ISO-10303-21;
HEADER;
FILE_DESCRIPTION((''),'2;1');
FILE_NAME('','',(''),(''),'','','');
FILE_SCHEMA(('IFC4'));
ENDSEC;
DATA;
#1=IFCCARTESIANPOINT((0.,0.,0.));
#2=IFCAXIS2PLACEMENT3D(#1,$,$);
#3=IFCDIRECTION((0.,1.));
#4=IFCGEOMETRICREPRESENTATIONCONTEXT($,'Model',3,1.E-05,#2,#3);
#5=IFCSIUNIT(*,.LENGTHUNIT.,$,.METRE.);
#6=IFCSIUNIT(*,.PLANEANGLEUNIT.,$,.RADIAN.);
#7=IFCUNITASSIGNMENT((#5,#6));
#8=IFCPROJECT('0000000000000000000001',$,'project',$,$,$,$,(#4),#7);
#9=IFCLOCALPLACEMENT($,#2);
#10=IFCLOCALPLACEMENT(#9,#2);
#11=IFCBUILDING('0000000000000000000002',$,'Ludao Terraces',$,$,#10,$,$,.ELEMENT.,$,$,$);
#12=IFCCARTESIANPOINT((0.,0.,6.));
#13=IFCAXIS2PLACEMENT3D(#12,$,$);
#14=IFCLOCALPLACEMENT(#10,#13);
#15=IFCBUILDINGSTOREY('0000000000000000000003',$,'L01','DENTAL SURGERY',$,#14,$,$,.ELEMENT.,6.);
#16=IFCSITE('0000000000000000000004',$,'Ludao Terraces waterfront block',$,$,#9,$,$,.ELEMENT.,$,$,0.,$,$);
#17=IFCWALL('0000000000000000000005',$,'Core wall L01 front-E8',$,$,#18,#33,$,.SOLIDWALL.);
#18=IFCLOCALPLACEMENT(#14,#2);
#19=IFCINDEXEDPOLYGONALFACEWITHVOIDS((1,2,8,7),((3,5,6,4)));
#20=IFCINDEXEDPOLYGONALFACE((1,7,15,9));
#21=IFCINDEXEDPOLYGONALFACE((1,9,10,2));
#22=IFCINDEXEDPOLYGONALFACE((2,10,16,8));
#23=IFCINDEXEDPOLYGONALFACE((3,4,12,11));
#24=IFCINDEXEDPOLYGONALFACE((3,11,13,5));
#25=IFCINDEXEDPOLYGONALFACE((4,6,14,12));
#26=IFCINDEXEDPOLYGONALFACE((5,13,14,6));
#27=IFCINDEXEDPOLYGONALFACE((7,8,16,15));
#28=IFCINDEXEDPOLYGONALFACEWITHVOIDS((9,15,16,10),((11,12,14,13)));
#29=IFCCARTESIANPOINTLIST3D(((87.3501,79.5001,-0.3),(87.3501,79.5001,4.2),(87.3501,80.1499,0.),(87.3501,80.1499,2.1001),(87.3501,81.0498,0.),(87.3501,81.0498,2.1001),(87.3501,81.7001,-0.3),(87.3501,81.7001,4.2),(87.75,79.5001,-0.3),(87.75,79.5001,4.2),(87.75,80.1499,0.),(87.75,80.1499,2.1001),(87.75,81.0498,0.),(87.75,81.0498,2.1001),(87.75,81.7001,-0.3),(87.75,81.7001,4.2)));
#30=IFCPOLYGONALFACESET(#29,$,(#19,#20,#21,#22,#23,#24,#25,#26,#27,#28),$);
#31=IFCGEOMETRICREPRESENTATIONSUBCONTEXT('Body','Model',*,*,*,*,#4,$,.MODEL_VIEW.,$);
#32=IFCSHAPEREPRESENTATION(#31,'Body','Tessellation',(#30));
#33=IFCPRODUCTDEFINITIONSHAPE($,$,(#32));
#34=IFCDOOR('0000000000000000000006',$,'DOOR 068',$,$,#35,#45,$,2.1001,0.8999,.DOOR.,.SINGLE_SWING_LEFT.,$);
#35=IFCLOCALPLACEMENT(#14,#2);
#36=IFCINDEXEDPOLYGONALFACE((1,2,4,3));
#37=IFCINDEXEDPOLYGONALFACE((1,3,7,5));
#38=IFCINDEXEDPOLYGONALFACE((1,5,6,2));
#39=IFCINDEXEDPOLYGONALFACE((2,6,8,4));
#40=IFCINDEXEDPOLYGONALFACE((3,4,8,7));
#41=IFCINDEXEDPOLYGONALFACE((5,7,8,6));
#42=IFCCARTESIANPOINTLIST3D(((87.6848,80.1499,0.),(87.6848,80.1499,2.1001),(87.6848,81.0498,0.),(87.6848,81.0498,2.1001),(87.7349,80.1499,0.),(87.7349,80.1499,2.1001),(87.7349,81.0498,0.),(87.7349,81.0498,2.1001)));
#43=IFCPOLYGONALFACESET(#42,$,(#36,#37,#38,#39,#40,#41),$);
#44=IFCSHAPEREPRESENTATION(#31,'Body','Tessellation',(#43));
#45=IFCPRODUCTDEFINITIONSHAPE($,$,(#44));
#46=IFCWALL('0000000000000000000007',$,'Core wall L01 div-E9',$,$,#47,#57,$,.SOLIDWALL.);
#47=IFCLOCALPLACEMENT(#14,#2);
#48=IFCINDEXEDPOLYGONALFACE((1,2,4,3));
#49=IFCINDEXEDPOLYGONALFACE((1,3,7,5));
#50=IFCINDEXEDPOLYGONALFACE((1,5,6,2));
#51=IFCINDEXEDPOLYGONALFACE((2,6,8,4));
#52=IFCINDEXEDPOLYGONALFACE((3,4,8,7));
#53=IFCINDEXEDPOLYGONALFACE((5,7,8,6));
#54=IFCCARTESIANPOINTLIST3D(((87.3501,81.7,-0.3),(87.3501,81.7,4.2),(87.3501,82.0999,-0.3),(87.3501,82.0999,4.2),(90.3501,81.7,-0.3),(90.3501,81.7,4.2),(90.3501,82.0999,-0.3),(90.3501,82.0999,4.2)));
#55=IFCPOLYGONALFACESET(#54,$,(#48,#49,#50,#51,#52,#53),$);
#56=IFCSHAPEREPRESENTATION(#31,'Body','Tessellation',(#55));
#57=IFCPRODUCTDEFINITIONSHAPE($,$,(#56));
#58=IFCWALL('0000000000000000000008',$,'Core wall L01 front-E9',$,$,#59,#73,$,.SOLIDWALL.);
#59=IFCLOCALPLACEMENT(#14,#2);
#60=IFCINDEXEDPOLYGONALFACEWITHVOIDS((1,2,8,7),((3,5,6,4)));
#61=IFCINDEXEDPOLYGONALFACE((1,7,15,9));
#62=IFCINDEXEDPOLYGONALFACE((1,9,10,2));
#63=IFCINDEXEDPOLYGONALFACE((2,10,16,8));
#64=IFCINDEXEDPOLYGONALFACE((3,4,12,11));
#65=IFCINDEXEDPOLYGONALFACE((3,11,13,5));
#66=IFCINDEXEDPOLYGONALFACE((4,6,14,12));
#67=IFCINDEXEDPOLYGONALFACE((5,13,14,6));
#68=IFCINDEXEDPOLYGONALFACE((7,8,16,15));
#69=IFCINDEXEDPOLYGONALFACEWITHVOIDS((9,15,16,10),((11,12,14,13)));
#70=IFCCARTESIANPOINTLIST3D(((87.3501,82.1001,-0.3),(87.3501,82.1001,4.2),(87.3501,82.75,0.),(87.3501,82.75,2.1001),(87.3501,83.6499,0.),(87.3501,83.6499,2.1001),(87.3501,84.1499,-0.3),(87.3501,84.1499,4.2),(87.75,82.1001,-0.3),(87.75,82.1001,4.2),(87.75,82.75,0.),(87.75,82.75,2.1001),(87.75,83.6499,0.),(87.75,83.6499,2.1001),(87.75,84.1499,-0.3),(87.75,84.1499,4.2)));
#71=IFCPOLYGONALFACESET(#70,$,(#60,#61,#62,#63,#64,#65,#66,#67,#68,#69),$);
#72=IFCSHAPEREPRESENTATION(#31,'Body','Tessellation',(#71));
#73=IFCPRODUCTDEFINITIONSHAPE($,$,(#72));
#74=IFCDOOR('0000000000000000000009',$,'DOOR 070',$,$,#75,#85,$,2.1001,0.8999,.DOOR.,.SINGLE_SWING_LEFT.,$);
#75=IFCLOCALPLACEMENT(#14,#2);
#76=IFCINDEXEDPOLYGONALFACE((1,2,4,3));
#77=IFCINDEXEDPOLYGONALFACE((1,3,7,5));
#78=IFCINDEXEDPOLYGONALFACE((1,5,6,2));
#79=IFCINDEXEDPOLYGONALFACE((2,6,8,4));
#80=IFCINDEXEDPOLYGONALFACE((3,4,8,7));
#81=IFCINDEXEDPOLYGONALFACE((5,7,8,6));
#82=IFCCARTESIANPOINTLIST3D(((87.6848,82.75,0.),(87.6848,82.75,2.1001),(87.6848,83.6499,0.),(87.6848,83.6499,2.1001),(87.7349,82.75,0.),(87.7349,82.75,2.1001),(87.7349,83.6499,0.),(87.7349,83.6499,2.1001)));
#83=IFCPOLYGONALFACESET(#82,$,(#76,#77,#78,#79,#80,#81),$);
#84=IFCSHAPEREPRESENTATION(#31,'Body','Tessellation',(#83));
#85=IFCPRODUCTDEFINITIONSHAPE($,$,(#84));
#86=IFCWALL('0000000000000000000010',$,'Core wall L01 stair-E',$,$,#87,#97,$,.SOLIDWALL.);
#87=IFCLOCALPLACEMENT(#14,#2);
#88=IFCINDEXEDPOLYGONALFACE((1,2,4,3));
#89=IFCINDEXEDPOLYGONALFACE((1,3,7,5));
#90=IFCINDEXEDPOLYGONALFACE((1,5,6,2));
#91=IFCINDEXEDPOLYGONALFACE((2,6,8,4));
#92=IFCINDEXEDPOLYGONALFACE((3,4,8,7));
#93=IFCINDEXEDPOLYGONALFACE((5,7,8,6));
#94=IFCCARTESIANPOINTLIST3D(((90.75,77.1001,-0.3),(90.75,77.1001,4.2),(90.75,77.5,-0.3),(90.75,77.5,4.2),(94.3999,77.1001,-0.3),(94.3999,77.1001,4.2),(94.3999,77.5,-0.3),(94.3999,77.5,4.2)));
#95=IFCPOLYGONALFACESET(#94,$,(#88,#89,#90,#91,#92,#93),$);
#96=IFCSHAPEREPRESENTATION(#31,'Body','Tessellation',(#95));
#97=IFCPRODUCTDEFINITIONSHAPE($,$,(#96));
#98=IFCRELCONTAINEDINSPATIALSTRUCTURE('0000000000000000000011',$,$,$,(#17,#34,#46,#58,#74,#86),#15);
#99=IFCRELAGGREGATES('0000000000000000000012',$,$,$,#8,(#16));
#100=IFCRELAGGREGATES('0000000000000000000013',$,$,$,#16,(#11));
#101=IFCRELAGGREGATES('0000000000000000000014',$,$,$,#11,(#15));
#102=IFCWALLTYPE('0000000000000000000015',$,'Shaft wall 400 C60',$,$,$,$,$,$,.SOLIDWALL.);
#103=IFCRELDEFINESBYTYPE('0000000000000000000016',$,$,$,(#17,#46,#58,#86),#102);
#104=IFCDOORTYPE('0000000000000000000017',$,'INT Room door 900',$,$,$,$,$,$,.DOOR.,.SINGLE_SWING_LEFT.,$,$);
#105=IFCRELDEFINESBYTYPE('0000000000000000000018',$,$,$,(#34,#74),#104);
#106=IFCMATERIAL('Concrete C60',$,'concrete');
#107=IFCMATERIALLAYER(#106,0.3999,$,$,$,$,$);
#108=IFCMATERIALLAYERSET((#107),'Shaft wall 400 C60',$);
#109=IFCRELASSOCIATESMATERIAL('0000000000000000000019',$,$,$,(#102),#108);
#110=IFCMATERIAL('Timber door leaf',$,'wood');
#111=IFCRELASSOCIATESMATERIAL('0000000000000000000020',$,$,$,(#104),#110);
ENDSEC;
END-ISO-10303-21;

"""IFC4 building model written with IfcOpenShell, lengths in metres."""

from ifc_helpers import new_model, si_unit, direction, frame, frame_2d, origin, place, context, subcontext, project, spatial, rectangle, extrude, material, layer, layer_set, type_object, element, fill, save


model = new_model("IFC4")

# Units and contexts
model_context = context("Model", 3, precision=1e-05, world=origin(), true_north=direction((0.0, 1.0)))
body_context = subcontext(model_context, "Body", "Model", "MODEL_VIEW")
ifc_project = project(units=[si_unit("LENGTHUNIT", "METRE"), si_unit("PLANEANGLEUNIT", "RADIAN")], contexts=[model_context])

# Site, building, storey
site_placement = place(None, origin())
site = spatial("IfcSite", under=ifc_project, at=site_placement, Name="Ludao Terraces waterfront block", CompositionType="ELEMENT", RefElevation=0.0)
building_placement = place(site_placement, origin())
building = spatial("IfcBuilding", under=site, at=building_placement, Name="Ludao Terraces", CompositionType="ELEMENT")
storey_placement = place(building_placement, frame((0.0, 0.0, 6.0)))
storey = spatial("IfcBuildingStorey", under=building, at=storey_placement, Name="L01", Description="DENTAL SURGERY", CompositionType="ELEMENT", Elevation=6.0)

# Shared definitions
ifc_material_1 = material(Name="Concrete C60", Category="concrete")

# Shared definitions
ifc_layer_1 = layer(ifc_material_1, 0.3999)
ifc_layer_set_1 = layer_set([ifc_layer_1], Name="Shaft wall 400 C60")
wall_type_1 = type_object("IfcWallType", Name="Shaft wall 400 C60", PredefinedType="SOLIDWALL", material=ifc_layer_set_1)
ifc_material_2 = material(Name="Timber door leaf", Category="wood")
door_type_1 = type_object("IfcDoorType", Name="INT Room door 900", OperationType="SINGLE_SWING_LEFT", PredefinedType="DOOR", material=ifc_material_2)

# Wall, opening, door
wall_1_placement = place(storey_placement, frame((87.55, 79.5, -0.3), z_axis=(0.0, 0.0, 1.0), x_axis=(0.0, 1.0, 0.0)))
wall_1 = element("IfcWall", 1, at=wall_1_placement, inside=storey, type_object=wall_type_1, Name="Core wall L01 front-E8", PredefinedType="SOLIDWALL", context=body_context, shape_type="SweptSolid", body=[
    extrude(rectangle(XDim=2.2, YDim=0.3999, at=frame_2d((1.1001, 0.0))), origin(), (0.0, 0.0, 1.0), 4.5),
])
opening_1_placement = place(wall_1_placement, frame((0.6499, 0.0, 0.3)))
opening_1 = element("IfcOpeningElement", 2, at=opening_1_placement, cuts=wall_1, PredefinedType="OPENING", context=body_context, shape_type="SweptSolid", body=[
    extrude(rectangle(XDim=0.8999, YDim=2.1001, at=frame_2d((0.45, 1.05))), frame((0.0, 0.21, 0.0), z_axis=(0.0, -1.0, 0.0), x_axis=(1.0, 0.0, 0.0)), (0.0, 0.0, 1.0), 0.4199),
])
door_1_placement = place(opening_1_placement, origin())
door_1 = element("IfcDoor", 3, at=door_1_placement, inside=storey, type_object=door_type_1, Name="DOOR 068", OperationType="SINGLE_SWING_LEFT", OverallHeight=2.1001, OverallWidth=0.8999, PredefinedType="DOOR", context=body_context, shape_type="SweptSolid", body=[
    extrude(rectangle(XDim=0.8999, YDim=2.1001, at=frame_2d((0.45, 1.05))), frame((0.0, -0.1348, 0.0), z_axis=(0.0, -1.0, 0.0), x_axis=(1.0, 0.0, 0.0)), (0.0, 0.0, 1.0), 0.05),
])
fill(opening_1, door_1)

# Wall
wall_2_placement = place(storey_placement, frame((87.3501, 81.8999, -0.3), z_axis=(0.0, 0.0, 1.0), x_axis=(1.0, 0.0, 0.0)))
element("IfcWall", 4, at=wall_2_placement, inside=storey, type_object=wall_type_1, Name="Core wall L01 div-E9", PredefinedType="SOLIDWALL", context=body_context, shape_type="SweptSolid", body=[
    extrude(rectangle(XDim=3.0, YDim=0.3999, at=frame_2d((1.5, 0.0))), origin(), (0.0, 0.0, 1.0), 4.5),
])

# Wall, opening, door
wall_3_placement = place(storey_placement, frame((87.55, 82.1001, -0.3), z_axis=(0.0, 0.0, 1.0), x_axis=(0.0, 1.0, 0.0)))
wall_3 = element("IfcWall", 5, at=wall_3_placement, inside=storey, type_object=wall_type_1, Name="Core wall L01 front-E9", PredefinedType="SOLIDWALL", context=body_context, shape_type="SweptSolid", body=[
    extrude(rectangle(XDim=2.0498, YDim=0.3999, at=frame_2d((1.0249, 0.0))), origin(), (0.0, 0.0, 1.0), 4.5),
])
opening_2_placement = place(wall_3_placement, frame((0.6499, 0.0, 0.3)))
opening_2 = element("IfcOpeningElement", 6, at=opening_2_placement, cuts=wall_3, PredefinedType="OPENING", context=body_context, shape_type="SweptSolid", body=[
    extrude(rectangle(XDim=0.8999, YDim=2.1001, at=frame_2d((0.45, 1.05))), frame((0.0, 0.21, 0.0), z_axis=(0.0, -1.0, 0.0), x_axis=(1.0, 0.0, 0.0)), (0.0, 0.0, 1.0), 0.4199),
])
door_2_placement = place(opening_2_placement, origin())
door_2 = element("IfcDoor", 7, at=door_2_placement, inside=storey, type_object=door_type_1, Name="DOOR 070", OperationType="SINGLE_SWING_LEFT", OverallHeight=2.1001, OverallWidth=0.8999, PredefinedType="DOOR", context=body_context, shape_type="SweptSolid", body=[
    extrude(rectangle(XDim=0.8999, YDim=2.1001, at=frame_2d((0.45, 1.05))), frame((0.0, -0.1348, 0.0), z_axis=(0.0, -1.0, 0.0), x_axis=(1.0, 0.0, 0.0)), (0.0, 0.0, 1.0), 0.05),
])
fill(opening_2, door_2)

# Wall
wall_4_placement = place(storey_placement, frame((90.75, 77.3, -0.3), z_axis=(0.0, 0.0, 1.0), x_axis=(1.0, 0.0, 0.0)))
element("IfcWall", 8, at=wall_4_placement, inside=storey, type_object=wall_type_1, Name="Core wall L01 stair-E", PredefinedType="SOLIDWALL", context=body_context, shape_type="SweptSolid", body=[
    extrude(rectangle(XDim=3.6499, YDim=0.3999, at=frame_2d((1.825, 0.0))), origin(), (0.0, 0.0, 1.0), 4.5),
])

save(model, "model.ifc")
